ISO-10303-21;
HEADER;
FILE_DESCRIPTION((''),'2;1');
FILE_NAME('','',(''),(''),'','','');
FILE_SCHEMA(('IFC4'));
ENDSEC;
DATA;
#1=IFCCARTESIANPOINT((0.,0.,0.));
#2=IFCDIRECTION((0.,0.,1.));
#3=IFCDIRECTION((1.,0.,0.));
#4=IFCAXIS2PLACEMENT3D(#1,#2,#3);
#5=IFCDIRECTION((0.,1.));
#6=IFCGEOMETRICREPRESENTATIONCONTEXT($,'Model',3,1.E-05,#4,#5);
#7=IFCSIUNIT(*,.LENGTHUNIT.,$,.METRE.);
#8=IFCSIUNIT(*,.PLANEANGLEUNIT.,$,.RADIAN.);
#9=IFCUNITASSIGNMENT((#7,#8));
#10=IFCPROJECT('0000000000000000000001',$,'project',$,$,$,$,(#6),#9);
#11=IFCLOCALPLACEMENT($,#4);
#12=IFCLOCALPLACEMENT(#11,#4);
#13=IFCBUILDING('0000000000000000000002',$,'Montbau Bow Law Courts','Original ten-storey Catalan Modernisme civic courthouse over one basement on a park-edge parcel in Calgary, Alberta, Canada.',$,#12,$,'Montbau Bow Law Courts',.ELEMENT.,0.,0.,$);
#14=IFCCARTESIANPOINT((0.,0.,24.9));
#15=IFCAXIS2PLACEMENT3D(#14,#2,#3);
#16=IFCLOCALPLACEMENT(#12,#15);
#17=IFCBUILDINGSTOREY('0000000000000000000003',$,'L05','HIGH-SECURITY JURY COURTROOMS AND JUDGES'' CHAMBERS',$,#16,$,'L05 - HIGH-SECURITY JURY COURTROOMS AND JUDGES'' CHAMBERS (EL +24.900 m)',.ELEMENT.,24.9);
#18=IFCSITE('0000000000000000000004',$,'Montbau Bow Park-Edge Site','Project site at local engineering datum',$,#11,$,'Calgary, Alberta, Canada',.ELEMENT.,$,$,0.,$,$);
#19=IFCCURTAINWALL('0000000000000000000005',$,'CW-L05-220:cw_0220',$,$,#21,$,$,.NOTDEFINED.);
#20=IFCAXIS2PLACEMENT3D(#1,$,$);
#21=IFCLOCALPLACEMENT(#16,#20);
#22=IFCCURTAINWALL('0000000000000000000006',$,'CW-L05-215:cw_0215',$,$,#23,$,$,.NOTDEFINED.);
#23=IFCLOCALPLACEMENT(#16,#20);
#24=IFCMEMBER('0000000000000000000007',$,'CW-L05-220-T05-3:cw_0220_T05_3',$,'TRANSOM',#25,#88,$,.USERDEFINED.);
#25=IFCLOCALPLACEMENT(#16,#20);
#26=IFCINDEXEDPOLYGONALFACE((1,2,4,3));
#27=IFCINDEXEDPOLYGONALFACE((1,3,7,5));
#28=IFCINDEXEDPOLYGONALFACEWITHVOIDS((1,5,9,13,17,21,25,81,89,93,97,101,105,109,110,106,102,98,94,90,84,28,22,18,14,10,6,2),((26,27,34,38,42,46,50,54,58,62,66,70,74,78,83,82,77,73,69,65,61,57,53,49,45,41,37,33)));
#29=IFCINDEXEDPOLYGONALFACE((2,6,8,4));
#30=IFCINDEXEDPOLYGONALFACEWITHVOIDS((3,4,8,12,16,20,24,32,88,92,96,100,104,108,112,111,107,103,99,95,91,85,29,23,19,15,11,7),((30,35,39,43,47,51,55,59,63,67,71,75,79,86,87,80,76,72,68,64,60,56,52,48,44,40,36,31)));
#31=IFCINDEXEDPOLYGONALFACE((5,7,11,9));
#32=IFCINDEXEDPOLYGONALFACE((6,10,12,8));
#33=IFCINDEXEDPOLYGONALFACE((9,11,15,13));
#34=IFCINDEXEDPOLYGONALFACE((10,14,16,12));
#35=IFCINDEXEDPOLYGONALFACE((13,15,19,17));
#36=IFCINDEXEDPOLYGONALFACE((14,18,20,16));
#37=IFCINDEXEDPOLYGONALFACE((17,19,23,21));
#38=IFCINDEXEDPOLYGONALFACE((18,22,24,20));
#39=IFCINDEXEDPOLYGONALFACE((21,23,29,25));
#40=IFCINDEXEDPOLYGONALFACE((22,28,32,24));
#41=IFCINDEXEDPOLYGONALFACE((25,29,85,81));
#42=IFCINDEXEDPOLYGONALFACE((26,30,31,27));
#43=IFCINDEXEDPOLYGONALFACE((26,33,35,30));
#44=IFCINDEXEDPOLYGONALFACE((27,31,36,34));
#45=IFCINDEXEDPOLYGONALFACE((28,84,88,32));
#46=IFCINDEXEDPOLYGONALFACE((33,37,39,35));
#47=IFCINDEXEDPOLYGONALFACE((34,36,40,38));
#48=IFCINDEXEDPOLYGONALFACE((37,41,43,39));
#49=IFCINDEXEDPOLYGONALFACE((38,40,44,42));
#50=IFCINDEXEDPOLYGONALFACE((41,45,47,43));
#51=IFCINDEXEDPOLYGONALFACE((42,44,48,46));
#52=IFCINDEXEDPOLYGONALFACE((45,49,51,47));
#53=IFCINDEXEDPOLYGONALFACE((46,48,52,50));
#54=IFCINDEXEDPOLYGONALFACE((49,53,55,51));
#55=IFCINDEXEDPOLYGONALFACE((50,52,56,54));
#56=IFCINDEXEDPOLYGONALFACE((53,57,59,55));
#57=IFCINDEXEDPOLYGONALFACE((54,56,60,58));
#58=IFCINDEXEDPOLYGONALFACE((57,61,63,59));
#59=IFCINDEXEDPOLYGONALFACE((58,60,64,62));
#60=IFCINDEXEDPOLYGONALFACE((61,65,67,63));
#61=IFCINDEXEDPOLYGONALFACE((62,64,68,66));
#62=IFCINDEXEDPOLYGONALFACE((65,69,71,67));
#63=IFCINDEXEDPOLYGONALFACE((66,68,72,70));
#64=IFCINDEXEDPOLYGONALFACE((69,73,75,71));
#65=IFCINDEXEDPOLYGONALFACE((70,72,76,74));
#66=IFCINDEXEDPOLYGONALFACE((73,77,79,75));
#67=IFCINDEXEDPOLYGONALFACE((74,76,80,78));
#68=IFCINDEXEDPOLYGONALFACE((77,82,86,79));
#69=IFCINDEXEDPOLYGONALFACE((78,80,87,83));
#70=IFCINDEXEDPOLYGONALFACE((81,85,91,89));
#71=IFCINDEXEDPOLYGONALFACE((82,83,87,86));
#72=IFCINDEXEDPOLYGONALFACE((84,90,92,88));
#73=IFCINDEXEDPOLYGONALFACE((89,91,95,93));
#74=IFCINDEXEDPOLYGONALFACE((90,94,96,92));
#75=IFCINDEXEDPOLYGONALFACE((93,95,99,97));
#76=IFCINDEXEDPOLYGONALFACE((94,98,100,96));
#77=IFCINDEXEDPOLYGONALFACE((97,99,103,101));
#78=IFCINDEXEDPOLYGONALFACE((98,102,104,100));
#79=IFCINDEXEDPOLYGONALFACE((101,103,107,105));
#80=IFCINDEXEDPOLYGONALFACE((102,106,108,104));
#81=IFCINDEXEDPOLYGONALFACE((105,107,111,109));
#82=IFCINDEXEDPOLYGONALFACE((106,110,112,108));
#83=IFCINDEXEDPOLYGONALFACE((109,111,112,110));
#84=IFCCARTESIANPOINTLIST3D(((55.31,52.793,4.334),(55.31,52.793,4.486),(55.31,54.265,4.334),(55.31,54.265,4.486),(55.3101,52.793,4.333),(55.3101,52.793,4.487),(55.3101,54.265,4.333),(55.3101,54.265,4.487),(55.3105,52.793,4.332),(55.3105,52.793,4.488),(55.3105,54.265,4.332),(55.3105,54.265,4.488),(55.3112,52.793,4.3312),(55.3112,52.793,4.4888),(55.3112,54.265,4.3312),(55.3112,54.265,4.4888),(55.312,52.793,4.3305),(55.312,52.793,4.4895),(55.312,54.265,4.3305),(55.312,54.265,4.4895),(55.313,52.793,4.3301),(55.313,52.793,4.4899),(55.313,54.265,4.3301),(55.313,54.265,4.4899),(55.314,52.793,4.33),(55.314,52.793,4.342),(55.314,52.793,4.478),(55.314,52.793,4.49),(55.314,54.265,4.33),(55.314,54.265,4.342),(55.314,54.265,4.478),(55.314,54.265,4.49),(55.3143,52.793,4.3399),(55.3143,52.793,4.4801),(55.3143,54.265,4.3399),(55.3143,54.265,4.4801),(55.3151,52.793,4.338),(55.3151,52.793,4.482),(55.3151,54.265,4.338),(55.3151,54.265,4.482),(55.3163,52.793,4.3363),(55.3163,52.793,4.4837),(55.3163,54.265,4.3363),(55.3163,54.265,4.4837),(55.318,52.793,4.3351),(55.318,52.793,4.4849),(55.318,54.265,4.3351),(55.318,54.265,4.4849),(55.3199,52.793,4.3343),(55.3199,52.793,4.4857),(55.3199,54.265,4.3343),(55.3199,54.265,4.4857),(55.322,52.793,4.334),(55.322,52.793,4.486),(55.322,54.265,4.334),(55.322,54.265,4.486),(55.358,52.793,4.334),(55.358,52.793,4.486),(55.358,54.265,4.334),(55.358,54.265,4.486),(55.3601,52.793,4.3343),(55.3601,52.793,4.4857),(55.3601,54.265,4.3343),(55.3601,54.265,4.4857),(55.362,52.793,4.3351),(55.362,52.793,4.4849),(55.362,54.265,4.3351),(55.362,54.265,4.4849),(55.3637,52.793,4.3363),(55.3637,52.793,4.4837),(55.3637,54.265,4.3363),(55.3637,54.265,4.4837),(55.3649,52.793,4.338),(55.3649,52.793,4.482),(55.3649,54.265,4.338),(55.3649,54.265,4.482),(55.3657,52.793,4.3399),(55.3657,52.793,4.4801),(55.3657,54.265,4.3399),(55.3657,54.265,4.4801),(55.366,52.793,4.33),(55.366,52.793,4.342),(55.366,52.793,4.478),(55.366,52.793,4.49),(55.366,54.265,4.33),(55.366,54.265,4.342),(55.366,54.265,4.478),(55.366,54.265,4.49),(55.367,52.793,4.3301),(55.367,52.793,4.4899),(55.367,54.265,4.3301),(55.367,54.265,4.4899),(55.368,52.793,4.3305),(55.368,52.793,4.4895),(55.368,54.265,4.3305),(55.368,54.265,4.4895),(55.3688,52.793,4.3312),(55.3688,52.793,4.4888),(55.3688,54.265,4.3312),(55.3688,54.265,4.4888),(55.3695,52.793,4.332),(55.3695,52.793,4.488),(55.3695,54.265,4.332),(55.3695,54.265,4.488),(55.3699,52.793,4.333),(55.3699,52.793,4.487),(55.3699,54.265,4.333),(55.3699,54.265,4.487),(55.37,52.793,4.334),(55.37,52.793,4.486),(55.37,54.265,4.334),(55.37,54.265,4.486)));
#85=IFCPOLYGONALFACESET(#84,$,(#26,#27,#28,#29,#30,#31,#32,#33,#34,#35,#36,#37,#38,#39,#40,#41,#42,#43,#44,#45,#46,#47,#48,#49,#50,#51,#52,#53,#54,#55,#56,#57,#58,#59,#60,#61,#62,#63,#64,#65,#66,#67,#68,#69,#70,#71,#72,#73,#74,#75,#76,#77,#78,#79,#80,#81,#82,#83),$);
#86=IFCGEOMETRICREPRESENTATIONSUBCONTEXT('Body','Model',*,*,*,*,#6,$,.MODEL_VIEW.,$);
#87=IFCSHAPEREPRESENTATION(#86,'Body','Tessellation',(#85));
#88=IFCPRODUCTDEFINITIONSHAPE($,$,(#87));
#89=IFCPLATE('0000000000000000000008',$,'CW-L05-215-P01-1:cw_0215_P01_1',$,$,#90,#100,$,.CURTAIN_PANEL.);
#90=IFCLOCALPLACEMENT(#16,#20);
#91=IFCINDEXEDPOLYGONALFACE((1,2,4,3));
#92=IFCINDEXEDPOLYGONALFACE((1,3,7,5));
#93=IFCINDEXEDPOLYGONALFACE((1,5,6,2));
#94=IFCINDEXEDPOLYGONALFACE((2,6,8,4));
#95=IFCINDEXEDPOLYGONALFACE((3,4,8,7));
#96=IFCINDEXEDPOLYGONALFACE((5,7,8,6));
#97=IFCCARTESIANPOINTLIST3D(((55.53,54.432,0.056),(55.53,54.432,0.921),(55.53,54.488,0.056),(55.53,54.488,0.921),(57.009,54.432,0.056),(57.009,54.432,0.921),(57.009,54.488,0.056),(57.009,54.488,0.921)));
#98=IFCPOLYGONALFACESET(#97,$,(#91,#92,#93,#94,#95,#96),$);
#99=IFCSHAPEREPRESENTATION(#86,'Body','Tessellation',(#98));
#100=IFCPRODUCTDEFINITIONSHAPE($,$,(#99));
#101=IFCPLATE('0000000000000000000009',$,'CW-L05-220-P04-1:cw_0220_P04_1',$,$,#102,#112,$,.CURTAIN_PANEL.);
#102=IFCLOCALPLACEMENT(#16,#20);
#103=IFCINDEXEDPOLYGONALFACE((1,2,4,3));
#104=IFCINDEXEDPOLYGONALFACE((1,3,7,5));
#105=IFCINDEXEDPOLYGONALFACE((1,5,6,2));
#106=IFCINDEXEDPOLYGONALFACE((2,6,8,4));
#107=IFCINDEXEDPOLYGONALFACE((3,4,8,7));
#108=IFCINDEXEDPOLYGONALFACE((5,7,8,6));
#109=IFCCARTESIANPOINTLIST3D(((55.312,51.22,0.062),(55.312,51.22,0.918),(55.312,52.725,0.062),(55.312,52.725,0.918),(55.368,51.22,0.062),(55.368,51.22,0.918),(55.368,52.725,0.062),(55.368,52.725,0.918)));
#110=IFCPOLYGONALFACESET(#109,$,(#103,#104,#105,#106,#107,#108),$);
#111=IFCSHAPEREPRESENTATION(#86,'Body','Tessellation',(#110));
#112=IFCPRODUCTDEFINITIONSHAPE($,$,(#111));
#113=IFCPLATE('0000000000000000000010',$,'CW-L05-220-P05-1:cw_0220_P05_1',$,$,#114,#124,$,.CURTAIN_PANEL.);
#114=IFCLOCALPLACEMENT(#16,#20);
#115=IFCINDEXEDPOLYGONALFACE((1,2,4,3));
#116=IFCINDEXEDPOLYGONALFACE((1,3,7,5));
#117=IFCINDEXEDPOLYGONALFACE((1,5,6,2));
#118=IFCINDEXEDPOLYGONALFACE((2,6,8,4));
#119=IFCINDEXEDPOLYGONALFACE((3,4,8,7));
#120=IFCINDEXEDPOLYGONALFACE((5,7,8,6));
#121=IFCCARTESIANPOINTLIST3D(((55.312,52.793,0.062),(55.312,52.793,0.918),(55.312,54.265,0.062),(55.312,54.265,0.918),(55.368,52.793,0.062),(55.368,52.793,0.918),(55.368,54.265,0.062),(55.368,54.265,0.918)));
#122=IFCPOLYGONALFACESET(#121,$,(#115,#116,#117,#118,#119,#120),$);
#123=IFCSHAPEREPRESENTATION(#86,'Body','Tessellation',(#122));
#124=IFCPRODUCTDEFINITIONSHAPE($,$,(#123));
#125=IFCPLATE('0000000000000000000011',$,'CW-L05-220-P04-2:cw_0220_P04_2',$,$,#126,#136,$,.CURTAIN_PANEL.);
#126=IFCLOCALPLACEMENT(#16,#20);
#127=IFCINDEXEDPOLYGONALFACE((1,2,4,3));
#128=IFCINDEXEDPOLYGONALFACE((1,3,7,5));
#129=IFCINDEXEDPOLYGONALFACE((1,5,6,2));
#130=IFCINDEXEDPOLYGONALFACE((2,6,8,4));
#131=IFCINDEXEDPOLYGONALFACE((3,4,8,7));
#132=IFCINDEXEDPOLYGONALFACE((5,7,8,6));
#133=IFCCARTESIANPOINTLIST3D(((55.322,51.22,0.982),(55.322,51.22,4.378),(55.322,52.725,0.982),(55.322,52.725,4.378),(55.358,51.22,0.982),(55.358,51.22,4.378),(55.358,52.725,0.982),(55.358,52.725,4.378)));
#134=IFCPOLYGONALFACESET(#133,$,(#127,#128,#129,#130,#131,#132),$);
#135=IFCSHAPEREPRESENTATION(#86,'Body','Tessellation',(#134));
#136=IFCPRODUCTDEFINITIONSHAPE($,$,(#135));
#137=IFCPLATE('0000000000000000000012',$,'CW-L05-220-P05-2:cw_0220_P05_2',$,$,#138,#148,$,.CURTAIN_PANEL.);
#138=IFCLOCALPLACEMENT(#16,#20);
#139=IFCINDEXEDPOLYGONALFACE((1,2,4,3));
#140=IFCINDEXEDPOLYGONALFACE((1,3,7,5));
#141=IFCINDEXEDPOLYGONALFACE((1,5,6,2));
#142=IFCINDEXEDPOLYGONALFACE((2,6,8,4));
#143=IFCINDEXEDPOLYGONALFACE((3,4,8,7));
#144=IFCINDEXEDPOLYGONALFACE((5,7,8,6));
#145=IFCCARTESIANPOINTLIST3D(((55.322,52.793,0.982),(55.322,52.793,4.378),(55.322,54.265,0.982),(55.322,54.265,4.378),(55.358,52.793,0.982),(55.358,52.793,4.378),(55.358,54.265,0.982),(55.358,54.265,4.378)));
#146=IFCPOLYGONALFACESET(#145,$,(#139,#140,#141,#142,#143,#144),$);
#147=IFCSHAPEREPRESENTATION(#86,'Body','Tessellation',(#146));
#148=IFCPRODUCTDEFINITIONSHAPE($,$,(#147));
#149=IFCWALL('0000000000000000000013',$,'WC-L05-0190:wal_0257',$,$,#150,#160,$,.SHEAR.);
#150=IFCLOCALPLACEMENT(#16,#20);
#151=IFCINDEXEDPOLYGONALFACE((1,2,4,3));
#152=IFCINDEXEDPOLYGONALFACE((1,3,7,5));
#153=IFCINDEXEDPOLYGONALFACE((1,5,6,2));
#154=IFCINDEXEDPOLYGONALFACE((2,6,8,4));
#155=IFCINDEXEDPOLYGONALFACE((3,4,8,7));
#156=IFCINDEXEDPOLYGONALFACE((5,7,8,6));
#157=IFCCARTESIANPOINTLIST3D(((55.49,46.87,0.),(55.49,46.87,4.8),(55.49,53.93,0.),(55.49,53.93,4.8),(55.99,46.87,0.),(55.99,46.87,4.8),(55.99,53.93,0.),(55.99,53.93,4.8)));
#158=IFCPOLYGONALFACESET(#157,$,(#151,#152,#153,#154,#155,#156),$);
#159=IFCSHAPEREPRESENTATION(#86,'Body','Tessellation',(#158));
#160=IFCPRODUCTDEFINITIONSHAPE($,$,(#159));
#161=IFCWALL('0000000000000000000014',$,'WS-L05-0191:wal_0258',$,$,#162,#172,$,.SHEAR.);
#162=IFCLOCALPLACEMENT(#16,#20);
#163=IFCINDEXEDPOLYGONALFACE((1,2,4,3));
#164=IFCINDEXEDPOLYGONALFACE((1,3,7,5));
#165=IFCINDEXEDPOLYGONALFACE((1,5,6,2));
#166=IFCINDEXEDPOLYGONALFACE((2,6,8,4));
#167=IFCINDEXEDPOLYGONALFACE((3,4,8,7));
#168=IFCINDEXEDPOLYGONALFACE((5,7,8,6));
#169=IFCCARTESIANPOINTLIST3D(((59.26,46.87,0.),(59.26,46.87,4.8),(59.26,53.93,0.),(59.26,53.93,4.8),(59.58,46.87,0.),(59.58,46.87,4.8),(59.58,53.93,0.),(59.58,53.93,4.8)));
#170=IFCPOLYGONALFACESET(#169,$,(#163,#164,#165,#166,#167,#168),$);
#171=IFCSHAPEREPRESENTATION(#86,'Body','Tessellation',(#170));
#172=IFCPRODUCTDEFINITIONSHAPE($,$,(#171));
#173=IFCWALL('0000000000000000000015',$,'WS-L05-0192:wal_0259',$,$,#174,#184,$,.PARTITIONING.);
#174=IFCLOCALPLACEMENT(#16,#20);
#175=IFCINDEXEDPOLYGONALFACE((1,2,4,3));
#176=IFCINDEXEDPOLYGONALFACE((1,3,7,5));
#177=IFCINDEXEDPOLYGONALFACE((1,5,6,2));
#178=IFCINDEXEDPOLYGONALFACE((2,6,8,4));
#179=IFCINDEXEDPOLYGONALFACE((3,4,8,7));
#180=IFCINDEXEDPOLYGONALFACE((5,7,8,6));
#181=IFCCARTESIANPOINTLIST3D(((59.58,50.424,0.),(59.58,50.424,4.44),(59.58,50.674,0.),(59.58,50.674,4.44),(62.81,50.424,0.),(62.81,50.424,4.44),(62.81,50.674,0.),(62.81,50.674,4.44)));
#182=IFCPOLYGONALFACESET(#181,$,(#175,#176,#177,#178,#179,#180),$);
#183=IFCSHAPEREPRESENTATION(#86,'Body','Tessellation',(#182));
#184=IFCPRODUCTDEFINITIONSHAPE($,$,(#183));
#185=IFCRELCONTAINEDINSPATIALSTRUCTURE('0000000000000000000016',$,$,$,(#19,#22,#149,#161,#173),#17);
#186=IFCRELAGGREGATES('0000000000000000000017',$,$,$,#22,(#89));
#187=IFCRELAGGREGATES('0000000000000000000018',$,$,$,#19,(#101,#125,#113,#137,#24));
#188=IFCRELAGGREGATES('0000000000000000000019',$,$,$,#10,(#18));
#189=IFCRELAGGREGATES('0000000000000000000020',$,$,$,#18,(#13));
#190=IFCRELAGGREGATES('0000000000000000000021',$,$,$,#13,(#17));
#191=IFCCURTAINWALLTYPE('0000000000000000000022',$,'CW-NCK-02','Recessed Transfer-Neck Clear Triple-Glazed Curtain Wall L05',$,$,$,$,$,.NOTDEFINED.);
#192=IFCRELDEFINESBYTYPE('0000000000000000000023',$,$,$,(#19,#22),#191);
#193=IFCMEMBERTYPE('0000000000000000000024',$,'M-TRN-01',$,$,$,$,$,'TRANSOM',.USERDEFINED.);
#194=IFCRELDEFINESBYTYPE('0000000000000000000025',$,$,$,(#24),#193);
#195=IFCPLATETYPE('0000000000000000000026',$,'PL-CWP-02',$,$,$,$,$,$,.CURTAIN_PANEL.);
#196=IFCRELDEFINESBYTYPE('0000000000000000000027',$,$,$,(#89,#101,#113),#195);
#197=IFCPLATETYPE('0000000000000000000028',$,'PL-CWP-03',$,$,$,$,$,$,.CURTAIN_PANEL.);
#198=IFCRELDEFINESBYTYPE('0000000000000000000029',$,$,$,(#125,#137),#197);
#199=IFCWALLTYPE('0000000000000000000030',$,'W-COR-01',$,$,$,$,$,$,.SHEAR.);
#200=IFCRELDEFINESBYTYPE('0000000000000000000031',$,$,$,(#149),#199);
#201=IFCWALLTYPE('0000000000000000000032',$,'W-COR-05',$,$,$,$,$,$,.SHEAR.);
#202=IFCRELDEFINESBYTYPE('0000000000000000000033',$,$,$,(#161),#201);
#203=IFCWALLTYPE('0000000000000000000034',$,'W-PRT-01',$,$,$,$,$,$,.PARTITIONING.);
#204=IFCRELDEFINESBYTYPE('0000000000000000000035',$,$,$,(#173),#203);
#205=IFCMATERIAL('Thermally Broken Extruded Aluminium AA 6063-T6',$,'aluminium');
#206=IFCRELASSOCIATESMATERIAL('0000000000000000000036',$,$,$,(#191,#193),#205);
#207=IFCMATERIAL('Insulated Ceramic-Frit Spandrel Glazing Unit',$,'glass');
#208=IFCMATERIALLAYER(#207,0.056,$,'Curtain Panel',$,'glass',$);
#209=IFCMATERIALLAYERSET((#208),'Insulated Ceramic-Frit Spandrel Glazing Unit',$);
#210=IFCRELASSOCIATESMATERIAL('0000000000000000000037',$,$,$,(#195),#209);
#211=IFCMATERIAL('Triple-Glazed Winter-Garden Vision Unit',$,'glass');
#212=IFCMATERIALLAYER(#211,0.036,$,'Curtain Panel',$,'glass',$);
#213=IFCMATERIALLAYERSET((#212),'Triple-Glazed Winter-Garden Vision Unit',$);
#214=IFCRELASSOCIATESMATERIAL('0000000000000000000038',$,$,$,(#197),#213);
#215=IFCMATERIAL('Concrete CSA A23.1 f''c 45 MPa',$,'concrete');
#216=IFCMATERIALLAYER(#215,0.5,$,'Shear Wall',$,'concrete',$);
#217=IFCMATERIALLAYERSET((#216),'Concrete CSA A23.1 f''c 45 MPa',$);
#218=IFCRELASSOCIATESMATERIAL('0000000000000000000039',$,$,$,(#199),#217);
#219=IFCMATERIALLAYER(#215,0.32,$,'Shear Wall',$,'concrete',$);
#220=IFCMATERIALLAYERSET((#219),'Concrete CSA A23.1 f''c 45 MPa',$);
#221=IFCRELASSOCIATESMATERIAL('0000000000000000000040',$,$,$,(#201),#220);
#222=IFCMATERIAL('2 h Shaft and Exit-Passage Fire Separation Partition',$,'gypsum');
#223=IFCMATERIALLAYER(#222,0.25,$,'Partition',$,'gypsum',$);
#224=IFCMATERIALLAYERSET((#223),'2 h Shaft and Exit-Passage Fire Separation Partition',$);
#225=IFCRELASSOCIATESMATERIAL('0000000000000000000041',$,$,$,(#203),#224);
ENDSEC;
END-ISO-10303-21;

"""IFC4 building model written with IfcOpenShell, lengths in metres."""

from ifc_helpers import new_model, si_unit, direction, frame, frame_2d, origin_with_axes, origin_2d_with_axis, place, context, subcontext, project, spatial, rectangle, hollow_rectangle, extrude, material, layer, layer_set, material_profile, profile_set, type_object, element, aggregate, save


model = new_model("IFC4")

# Units and contexts
model_context = context("Model", 3, precision=1e-05, world=origin_with_axes(), true_north=direction((0.0, 1.0)))
body_context = subcontext(model_context, "Body", "Model", "MODEL_VIEW")
ifc_project = project(units=[si_unit("LENGTHUNIT", "METRE"), si_unit("PLANEANGLEUNIT", "RADIAN")], contexts=[model_context])

# Site, building, storey
site_placement = place(None, origin_with_axes())
site = spatial("IfcSite", under=ifc_project, at=site_placement, Name="Montbau Bow Park-Edge Site", Description="Project site at local engineering datum", LongName="Calgary, Alberta, Canada", CompositionType="ELEMENT", RefElevation=0.0)
building_placement = place(site_placement, origin_with_axes())
building = spatial("IfcBuilding", under=site, at=building_placement, Name="Montbau Bow Law Courts", Description="Original ten-storey Catalan Modernisme civic courthouse over one basement on a park-edge parcel in Calgary, Alberta, Canada.", LongName="Montbau Bow Law Courts", CompositionType="ELEMENT", ElevationOfRefHeight=0.0, ElevationOfTerrain=0.0)
storey_placement = place(building_placement, frame((0.0, 0.0, 24.9), z_axis=(0.0, 0.0, 1.0), x_axis=(1.0, 0.0, 0.0)))
storey = spatial("IfcBuildingStorey", under=building, at=storey_placement, Name="L05", Description="HIGH-SECURITY JURY COURTROOMS AND JUDGES' CHAMBERS", LongName="L05 - HIGH-SECURITY JURY COURTROOMS AND JUDGES' CHAMBERS (EL +24.900 m)", CompositionType="ELEMENT", Elevation=24.9)

# Curtain wall
ifc_material_1 = material(Name="Thermally Broken Extruded Aluminium AA 6063-T6", Category="aluminium")
curtain_wall_type = type_object("IfcCurtainWallType", Name="CW-NCK-02", Description="Recessed Transfer-Neck Clear Triple-Glazed Curtain Wall L05", PredefinedType="NOTDEFINED", material=ifc_material_1)
curtain_wall_1_placement = place(None, frame((55.34, 46.468, 24.9), z_axis=(0.0, 0.0, 1.0), x_axis=(1.0, 0.0, 0.0)))
curtain_wall_1 = element("IfcCurtainWall", 1, at=curtain_wall_1_placement, inside=storey, type_object=curtain_wall_type, Name="CW-L05-220:cw_0220", PredefinedType="NOTDEFINED")

# Curtain wall
curtain_wall_2_placement = place(None, frame((55.468, 54.46, 24.9), z_axis=(0.0, 0.0, 1.0), x_axis=(1.0, 0.0, 0.0)))
curtain_wall_2 = element("IfcCurtainWall", 2, at=curtain_wall_2_placement, inside=storey, type_object=curtain_wall_type, Name="CW-L05-215:cw_0215", PredefinedType="NOTDEFINED")

# Member
ifc_material_profile_1 = material_profile(ifc_material_1, hollow_rectangle(XDim=0.06, YDim=0.16, WallThickness=0.004, InnerFilletRadius=0.008, OuterFilletRadius=0.004, at=origin_2d_with_axis()), Name="CWT-160X60", Category="Main", Priority=0)
ifc_profile_set_1 = profile_set([ifc_material_profile_1], Name="Thermally Broken Extruded Aluminium AA 6063-T6")
member_type_1 = type_object("IfcMemberType", Name="M-TRN-01", ElementType="TRANSOM", PredefinedType="USERDEFINED", material=ifc_profile_set_1)
member_1_placement = place(None, frame((55.34, 52.793, 29.31), z_axis=(0.0, 1.0, 0.0), x_axis=(-1.0, 0.0, 0.0)))
member_1 = element("IfcMember", 3, at=member_1_placement, type_object=member_type_1, Name="CW-L05-220-T05-3:cw_0220_T05_3", ObjectType="TRANSOM", PredefinedType="USERDEFINED", context=body_context, shape_type="SweptSolid", body=[
    extrude(hollow_rectangle(XDim=0.06, YDim=0.16, WallThickness=0.004, InnerFilletRadius=0.008, OuterFilletRadius=0.004, at=origin_2d_with_axis()), origin_with_axes(), (0.0, 0.0, 1.0), 1.472),
])

# Plates
ifc_material_2 = material(Name="Insulated Ceramic-Frit Spandrel Glazing Unit", Category="glass")
ifc_layer_1 = layer(ifc_material_2, 0.056, Name="Curtain Panel", Category="glass")
ifc_layer_set_1 = layer_set([ifc_layer_1], Name="Insulated Ceramic-Frit Spandrel Glazing Unit")
plate_type_1 = type_object("IfcPlateType", Name="PL-CWP-02", PredefinedType="CURTAIN_PANEL", material=ifc_layer_set_1)
plate_1_placement = place(None, frame((55.53, 54.46, 24.956), z_axis=(0.0, -1.0, 0.0), x_axis=(1.0, 0.0, 0.0)))
plate_1 = element("IfcPlate", 4, at=plate_1_placement, type_object=plate_type_1, Name="CW-L05-215-P01-1:cw_0215_P01_1", PredefinedType="CURTAIN_PANEL", context=body_context, shape_type="SweptSolid", body=[
    extrude(rectangle(XDim=1.479, YDim=0.865, at=frame_2d((0.7395, 0.4325), x_axis=(1.0, 0.0))), frame((0.0, 0.0, -0.028), z_axis=(0.0, 0.0, 1.0), x_axis=(1.0, 0.0, 0.0)), (0.0, 0.0, 1.0), 0.056),
])
aggregate(curtain_wall_2, [plate_1])
plate_2_placement = place(None, frame((55.34, 51.22, 24.962), z_axis=(1.0, 0.0, 0.0), x_axis=(0.0, 1.0, 0.0)))
plate_2 = element("IfcPlate", 5, at=plate_2_placement, type_object=plate_type_1, Name="CW-L05-220-P04-1:cw_0220_P04_1", PredefinedType="CURTAIN_PANEL", context=body_context, shape_type="SweptSolid", body=[
    extrude(rectangle(XDim=1.505, YDim=0.856, at=frame_2d((0.7525, 0.428), x_axis=(1.0, 0.0))), frame((0.0, 0.0, -0.028), z_axis=(0.0, 0.0, 1.0), x_axis=(1.0, 0.0, 0.0)), (0.0, 0.0, 1.0), 0.056),
])
plate_3_placement = place(None, frame((55.34, 52.793, 24.962), z_axis=(1.0, 0.0, 0.0), x_axis=(0.0, 1.0, 0.0)))
plate_3 = element("IfcPlate", 6, at=plate_3_placement, type_object=plate_type_1, Name="CW-L05-220-P05-1:cw_0220_P05_1", PredefinedType="CURTAIN_PANEL", context=body_context, shape_type="SweptSolid", body=[
    extrude(rectangle(XDim=1.472, YDim=0.856, at=frame_2d((0.736, 0.428), x_axis=(1.0, 0.0))), frame((0.0, 0.0, -0.028), z_axis=(0.0, 0.0, 1.0), x_axis=(1.0, 0.0, 0.0)), (0.0, 0.0, 1.0), 0.056),
])
ifc_material_3 = material(Name="Triple-Glazed Winter-Garden Vision Unit", Category="glass")
ifc_layer_2 = layer(ifc_material_3, 0.036, Name="Curtain Panel", Category="glass")
ifc_layer_set_2 = layer_set([ifc_layer_2], Name="Triple-Glazed Winter-Garden Vision Unit")
plate_type_2 = type_object("IfcPlateType", Name="PL-CWP-03", PredefinedType="CURTAIN_PANEL", material=ifc_layer_set_2)
plate_4_placement = place(None, frame((55.34, 51.22, 25.882), z_axis=(1.0, 0.0, 0.0), x_axis=(0.0, 1.0, 0.0)))
plate_4 = element("IfcPlate", 7, at=plate_4_placement, type_object=plate_type_2, Name="CW-L05-220-P04-2:cw_0220_P04_2", PredefinedType="CURTAIN_PANEL", context=body_context, shape_type="SweptSolid", body=[
    extrude(rectangle(XDim=1.505, YDim=3.396, at=frame_2d((0.7525, 1.698), x_axis=(1.0, 0.0))), frame((0.0, 0.0, -0.018), z_axis=(0.0, 0.0, 1.0), x_axis=(1.0, 0.0, 0.0)), (0.0, 0.0, 1.0), 0.036),
])
plate_5_placement = place(None, frame((55.34, 52.793, 25.882), z_axis=(1.0, 0.0, 0.0), x_axis=(0.0, 1.0, 0.0)))
plate_5 = element("IfcPlate", 8, at=plate_5_placement, type_object=plate_type_2, Name="CW-L05-220-P05-2:cw_0220_P05_2", PredefinedType="CURTAIN_PANEL", context=body_context, shape_type="SweptSolid", body=[
    extrude(rectangle(XDim=1.472, YDim=3.396, at=frame_2d((0.736, 1.698), x_axis=(1.0, 0.0))), frame((0.0, 0.0, -0.018), z_axis=(0.0, 0.0, 1.0), x_axis=(1.0, 0.0, 0.0)), (0.0, 0.0, 1.0), 0.036),
])
aggregate(curtain_wall_1, [plate_2, plate_4, plate_3, plate_5, member_1])

# Walls
ifc_material_4 = material(Name="Concrete CSA A23.1 f'c 45 MPa", Category="concrete")
ifc_layer_3 = layer(ifc_material_4, 0.5, Name="Shear Wall", Category="concrete")
ifc_layer_set_3 = layer_set([ifc_layer_3], Name="Concrete CSA A23.1 f'c 45 MPa")
wall_type_1 = type_object("IfcWallType", Name="W-COR-01", PredefinedType="SHEAR", material=ifc_layer_set_3)
wall_1_placement = place(None, frame((55.74, 53.93, 24.9), z_axis=(0.0, 0.0, 1.0), x_axis=(0.0, -1.0, 0.0)))
element("IfcWall", 9, at=wall_1_placement, inside=storey, type_object=wall_type_1, Name="WC-L05-0190:wal_0257", PredefinedType="SHEAR", context=body_context, shape_type="SweptSolid", body=[
    extrude(rectangle(XDim=7.06, YDim=0.5, at=frame_2d((3.53, 0.0), x_axis=(1.0, 0.0))), origin_with_axes(), (0.0, 0.0, 1.0), 4.8),
])
ifc_layer_4 = layer(ifc_material_4, 0.32, Name="Shear Wall", Category="concrete")
ifc_layer_set_4 = layer_set([ifc_layer_4], Name="Concrete CSA A23.1 f'c 45 MPa")
wall_type_2 = type_object("IfcWallType", Name="W-COR-05", PredefinedType="SHEAR", material=ifc_layer_set_4)
wall_2_placement = place(None, frame((59.42, 46.87, 24.9), z_axis=(0.0, 0.0, 1.0), x_axis=(0.0, 1.0, 0.0)))
element("IfcWall", 10, at=wall_2_placement, inside=storey, type_object=wall_type_2, Name="WS-L05-0191:wal_0258", PredefinedType="SHEAR", context=body_context, shape_type="SweptSolid", body=[
    extrude(rectangle(XDim=7.06, YDim=0.32, at=frame_2d((3.53, 0.0), x_axis=(1.0, 0.0))), origin_with_axes(), (0.0, 0.0, 1.0), 4.8),
])
ifc_material_5 = material(Name="2 h Shaft and Exit-Passage Fire Separation Partition", Category="gypsum")
ifc_layer_5 = layer(ifc_material_5, 0.25, Name="Partition", Category="gypsum")
ifc_layer_set_5 = layer_set([ifc_layer_5], Name="2 h Shaft and Exit-Passage Fire Separation Partition")
wall_type_3 = type_object("IfcWallType", Name="W-PRT-01", PredefinedType="PARTITIONING", material=ifc_layer_set_5)
wall_3_placement = place(None, frame((59.58, 50.549, 24.9), z_axis=(0.0, 0.0, 1.0), x_axis=(1.0, 0.0, 0.0)))
element("IfcWall", 11, at=wall_3_placement, inside=storey, type_object=wall_type_3, Name="WS-L05-0192:wal_0259", PredefinedType="PARTITIONING", context=body_context, shape_type="SweptSolid", body=[
    extrude(rectangle(XDim=3.23, YDim=0.25, at=frame_2d((1.615, 0.0), x_axis=(1.0, 0.0))), origin_with_axes(), (0.0, 0.0, 1.0), 4.44),
])

save(model, "model.ifc")
